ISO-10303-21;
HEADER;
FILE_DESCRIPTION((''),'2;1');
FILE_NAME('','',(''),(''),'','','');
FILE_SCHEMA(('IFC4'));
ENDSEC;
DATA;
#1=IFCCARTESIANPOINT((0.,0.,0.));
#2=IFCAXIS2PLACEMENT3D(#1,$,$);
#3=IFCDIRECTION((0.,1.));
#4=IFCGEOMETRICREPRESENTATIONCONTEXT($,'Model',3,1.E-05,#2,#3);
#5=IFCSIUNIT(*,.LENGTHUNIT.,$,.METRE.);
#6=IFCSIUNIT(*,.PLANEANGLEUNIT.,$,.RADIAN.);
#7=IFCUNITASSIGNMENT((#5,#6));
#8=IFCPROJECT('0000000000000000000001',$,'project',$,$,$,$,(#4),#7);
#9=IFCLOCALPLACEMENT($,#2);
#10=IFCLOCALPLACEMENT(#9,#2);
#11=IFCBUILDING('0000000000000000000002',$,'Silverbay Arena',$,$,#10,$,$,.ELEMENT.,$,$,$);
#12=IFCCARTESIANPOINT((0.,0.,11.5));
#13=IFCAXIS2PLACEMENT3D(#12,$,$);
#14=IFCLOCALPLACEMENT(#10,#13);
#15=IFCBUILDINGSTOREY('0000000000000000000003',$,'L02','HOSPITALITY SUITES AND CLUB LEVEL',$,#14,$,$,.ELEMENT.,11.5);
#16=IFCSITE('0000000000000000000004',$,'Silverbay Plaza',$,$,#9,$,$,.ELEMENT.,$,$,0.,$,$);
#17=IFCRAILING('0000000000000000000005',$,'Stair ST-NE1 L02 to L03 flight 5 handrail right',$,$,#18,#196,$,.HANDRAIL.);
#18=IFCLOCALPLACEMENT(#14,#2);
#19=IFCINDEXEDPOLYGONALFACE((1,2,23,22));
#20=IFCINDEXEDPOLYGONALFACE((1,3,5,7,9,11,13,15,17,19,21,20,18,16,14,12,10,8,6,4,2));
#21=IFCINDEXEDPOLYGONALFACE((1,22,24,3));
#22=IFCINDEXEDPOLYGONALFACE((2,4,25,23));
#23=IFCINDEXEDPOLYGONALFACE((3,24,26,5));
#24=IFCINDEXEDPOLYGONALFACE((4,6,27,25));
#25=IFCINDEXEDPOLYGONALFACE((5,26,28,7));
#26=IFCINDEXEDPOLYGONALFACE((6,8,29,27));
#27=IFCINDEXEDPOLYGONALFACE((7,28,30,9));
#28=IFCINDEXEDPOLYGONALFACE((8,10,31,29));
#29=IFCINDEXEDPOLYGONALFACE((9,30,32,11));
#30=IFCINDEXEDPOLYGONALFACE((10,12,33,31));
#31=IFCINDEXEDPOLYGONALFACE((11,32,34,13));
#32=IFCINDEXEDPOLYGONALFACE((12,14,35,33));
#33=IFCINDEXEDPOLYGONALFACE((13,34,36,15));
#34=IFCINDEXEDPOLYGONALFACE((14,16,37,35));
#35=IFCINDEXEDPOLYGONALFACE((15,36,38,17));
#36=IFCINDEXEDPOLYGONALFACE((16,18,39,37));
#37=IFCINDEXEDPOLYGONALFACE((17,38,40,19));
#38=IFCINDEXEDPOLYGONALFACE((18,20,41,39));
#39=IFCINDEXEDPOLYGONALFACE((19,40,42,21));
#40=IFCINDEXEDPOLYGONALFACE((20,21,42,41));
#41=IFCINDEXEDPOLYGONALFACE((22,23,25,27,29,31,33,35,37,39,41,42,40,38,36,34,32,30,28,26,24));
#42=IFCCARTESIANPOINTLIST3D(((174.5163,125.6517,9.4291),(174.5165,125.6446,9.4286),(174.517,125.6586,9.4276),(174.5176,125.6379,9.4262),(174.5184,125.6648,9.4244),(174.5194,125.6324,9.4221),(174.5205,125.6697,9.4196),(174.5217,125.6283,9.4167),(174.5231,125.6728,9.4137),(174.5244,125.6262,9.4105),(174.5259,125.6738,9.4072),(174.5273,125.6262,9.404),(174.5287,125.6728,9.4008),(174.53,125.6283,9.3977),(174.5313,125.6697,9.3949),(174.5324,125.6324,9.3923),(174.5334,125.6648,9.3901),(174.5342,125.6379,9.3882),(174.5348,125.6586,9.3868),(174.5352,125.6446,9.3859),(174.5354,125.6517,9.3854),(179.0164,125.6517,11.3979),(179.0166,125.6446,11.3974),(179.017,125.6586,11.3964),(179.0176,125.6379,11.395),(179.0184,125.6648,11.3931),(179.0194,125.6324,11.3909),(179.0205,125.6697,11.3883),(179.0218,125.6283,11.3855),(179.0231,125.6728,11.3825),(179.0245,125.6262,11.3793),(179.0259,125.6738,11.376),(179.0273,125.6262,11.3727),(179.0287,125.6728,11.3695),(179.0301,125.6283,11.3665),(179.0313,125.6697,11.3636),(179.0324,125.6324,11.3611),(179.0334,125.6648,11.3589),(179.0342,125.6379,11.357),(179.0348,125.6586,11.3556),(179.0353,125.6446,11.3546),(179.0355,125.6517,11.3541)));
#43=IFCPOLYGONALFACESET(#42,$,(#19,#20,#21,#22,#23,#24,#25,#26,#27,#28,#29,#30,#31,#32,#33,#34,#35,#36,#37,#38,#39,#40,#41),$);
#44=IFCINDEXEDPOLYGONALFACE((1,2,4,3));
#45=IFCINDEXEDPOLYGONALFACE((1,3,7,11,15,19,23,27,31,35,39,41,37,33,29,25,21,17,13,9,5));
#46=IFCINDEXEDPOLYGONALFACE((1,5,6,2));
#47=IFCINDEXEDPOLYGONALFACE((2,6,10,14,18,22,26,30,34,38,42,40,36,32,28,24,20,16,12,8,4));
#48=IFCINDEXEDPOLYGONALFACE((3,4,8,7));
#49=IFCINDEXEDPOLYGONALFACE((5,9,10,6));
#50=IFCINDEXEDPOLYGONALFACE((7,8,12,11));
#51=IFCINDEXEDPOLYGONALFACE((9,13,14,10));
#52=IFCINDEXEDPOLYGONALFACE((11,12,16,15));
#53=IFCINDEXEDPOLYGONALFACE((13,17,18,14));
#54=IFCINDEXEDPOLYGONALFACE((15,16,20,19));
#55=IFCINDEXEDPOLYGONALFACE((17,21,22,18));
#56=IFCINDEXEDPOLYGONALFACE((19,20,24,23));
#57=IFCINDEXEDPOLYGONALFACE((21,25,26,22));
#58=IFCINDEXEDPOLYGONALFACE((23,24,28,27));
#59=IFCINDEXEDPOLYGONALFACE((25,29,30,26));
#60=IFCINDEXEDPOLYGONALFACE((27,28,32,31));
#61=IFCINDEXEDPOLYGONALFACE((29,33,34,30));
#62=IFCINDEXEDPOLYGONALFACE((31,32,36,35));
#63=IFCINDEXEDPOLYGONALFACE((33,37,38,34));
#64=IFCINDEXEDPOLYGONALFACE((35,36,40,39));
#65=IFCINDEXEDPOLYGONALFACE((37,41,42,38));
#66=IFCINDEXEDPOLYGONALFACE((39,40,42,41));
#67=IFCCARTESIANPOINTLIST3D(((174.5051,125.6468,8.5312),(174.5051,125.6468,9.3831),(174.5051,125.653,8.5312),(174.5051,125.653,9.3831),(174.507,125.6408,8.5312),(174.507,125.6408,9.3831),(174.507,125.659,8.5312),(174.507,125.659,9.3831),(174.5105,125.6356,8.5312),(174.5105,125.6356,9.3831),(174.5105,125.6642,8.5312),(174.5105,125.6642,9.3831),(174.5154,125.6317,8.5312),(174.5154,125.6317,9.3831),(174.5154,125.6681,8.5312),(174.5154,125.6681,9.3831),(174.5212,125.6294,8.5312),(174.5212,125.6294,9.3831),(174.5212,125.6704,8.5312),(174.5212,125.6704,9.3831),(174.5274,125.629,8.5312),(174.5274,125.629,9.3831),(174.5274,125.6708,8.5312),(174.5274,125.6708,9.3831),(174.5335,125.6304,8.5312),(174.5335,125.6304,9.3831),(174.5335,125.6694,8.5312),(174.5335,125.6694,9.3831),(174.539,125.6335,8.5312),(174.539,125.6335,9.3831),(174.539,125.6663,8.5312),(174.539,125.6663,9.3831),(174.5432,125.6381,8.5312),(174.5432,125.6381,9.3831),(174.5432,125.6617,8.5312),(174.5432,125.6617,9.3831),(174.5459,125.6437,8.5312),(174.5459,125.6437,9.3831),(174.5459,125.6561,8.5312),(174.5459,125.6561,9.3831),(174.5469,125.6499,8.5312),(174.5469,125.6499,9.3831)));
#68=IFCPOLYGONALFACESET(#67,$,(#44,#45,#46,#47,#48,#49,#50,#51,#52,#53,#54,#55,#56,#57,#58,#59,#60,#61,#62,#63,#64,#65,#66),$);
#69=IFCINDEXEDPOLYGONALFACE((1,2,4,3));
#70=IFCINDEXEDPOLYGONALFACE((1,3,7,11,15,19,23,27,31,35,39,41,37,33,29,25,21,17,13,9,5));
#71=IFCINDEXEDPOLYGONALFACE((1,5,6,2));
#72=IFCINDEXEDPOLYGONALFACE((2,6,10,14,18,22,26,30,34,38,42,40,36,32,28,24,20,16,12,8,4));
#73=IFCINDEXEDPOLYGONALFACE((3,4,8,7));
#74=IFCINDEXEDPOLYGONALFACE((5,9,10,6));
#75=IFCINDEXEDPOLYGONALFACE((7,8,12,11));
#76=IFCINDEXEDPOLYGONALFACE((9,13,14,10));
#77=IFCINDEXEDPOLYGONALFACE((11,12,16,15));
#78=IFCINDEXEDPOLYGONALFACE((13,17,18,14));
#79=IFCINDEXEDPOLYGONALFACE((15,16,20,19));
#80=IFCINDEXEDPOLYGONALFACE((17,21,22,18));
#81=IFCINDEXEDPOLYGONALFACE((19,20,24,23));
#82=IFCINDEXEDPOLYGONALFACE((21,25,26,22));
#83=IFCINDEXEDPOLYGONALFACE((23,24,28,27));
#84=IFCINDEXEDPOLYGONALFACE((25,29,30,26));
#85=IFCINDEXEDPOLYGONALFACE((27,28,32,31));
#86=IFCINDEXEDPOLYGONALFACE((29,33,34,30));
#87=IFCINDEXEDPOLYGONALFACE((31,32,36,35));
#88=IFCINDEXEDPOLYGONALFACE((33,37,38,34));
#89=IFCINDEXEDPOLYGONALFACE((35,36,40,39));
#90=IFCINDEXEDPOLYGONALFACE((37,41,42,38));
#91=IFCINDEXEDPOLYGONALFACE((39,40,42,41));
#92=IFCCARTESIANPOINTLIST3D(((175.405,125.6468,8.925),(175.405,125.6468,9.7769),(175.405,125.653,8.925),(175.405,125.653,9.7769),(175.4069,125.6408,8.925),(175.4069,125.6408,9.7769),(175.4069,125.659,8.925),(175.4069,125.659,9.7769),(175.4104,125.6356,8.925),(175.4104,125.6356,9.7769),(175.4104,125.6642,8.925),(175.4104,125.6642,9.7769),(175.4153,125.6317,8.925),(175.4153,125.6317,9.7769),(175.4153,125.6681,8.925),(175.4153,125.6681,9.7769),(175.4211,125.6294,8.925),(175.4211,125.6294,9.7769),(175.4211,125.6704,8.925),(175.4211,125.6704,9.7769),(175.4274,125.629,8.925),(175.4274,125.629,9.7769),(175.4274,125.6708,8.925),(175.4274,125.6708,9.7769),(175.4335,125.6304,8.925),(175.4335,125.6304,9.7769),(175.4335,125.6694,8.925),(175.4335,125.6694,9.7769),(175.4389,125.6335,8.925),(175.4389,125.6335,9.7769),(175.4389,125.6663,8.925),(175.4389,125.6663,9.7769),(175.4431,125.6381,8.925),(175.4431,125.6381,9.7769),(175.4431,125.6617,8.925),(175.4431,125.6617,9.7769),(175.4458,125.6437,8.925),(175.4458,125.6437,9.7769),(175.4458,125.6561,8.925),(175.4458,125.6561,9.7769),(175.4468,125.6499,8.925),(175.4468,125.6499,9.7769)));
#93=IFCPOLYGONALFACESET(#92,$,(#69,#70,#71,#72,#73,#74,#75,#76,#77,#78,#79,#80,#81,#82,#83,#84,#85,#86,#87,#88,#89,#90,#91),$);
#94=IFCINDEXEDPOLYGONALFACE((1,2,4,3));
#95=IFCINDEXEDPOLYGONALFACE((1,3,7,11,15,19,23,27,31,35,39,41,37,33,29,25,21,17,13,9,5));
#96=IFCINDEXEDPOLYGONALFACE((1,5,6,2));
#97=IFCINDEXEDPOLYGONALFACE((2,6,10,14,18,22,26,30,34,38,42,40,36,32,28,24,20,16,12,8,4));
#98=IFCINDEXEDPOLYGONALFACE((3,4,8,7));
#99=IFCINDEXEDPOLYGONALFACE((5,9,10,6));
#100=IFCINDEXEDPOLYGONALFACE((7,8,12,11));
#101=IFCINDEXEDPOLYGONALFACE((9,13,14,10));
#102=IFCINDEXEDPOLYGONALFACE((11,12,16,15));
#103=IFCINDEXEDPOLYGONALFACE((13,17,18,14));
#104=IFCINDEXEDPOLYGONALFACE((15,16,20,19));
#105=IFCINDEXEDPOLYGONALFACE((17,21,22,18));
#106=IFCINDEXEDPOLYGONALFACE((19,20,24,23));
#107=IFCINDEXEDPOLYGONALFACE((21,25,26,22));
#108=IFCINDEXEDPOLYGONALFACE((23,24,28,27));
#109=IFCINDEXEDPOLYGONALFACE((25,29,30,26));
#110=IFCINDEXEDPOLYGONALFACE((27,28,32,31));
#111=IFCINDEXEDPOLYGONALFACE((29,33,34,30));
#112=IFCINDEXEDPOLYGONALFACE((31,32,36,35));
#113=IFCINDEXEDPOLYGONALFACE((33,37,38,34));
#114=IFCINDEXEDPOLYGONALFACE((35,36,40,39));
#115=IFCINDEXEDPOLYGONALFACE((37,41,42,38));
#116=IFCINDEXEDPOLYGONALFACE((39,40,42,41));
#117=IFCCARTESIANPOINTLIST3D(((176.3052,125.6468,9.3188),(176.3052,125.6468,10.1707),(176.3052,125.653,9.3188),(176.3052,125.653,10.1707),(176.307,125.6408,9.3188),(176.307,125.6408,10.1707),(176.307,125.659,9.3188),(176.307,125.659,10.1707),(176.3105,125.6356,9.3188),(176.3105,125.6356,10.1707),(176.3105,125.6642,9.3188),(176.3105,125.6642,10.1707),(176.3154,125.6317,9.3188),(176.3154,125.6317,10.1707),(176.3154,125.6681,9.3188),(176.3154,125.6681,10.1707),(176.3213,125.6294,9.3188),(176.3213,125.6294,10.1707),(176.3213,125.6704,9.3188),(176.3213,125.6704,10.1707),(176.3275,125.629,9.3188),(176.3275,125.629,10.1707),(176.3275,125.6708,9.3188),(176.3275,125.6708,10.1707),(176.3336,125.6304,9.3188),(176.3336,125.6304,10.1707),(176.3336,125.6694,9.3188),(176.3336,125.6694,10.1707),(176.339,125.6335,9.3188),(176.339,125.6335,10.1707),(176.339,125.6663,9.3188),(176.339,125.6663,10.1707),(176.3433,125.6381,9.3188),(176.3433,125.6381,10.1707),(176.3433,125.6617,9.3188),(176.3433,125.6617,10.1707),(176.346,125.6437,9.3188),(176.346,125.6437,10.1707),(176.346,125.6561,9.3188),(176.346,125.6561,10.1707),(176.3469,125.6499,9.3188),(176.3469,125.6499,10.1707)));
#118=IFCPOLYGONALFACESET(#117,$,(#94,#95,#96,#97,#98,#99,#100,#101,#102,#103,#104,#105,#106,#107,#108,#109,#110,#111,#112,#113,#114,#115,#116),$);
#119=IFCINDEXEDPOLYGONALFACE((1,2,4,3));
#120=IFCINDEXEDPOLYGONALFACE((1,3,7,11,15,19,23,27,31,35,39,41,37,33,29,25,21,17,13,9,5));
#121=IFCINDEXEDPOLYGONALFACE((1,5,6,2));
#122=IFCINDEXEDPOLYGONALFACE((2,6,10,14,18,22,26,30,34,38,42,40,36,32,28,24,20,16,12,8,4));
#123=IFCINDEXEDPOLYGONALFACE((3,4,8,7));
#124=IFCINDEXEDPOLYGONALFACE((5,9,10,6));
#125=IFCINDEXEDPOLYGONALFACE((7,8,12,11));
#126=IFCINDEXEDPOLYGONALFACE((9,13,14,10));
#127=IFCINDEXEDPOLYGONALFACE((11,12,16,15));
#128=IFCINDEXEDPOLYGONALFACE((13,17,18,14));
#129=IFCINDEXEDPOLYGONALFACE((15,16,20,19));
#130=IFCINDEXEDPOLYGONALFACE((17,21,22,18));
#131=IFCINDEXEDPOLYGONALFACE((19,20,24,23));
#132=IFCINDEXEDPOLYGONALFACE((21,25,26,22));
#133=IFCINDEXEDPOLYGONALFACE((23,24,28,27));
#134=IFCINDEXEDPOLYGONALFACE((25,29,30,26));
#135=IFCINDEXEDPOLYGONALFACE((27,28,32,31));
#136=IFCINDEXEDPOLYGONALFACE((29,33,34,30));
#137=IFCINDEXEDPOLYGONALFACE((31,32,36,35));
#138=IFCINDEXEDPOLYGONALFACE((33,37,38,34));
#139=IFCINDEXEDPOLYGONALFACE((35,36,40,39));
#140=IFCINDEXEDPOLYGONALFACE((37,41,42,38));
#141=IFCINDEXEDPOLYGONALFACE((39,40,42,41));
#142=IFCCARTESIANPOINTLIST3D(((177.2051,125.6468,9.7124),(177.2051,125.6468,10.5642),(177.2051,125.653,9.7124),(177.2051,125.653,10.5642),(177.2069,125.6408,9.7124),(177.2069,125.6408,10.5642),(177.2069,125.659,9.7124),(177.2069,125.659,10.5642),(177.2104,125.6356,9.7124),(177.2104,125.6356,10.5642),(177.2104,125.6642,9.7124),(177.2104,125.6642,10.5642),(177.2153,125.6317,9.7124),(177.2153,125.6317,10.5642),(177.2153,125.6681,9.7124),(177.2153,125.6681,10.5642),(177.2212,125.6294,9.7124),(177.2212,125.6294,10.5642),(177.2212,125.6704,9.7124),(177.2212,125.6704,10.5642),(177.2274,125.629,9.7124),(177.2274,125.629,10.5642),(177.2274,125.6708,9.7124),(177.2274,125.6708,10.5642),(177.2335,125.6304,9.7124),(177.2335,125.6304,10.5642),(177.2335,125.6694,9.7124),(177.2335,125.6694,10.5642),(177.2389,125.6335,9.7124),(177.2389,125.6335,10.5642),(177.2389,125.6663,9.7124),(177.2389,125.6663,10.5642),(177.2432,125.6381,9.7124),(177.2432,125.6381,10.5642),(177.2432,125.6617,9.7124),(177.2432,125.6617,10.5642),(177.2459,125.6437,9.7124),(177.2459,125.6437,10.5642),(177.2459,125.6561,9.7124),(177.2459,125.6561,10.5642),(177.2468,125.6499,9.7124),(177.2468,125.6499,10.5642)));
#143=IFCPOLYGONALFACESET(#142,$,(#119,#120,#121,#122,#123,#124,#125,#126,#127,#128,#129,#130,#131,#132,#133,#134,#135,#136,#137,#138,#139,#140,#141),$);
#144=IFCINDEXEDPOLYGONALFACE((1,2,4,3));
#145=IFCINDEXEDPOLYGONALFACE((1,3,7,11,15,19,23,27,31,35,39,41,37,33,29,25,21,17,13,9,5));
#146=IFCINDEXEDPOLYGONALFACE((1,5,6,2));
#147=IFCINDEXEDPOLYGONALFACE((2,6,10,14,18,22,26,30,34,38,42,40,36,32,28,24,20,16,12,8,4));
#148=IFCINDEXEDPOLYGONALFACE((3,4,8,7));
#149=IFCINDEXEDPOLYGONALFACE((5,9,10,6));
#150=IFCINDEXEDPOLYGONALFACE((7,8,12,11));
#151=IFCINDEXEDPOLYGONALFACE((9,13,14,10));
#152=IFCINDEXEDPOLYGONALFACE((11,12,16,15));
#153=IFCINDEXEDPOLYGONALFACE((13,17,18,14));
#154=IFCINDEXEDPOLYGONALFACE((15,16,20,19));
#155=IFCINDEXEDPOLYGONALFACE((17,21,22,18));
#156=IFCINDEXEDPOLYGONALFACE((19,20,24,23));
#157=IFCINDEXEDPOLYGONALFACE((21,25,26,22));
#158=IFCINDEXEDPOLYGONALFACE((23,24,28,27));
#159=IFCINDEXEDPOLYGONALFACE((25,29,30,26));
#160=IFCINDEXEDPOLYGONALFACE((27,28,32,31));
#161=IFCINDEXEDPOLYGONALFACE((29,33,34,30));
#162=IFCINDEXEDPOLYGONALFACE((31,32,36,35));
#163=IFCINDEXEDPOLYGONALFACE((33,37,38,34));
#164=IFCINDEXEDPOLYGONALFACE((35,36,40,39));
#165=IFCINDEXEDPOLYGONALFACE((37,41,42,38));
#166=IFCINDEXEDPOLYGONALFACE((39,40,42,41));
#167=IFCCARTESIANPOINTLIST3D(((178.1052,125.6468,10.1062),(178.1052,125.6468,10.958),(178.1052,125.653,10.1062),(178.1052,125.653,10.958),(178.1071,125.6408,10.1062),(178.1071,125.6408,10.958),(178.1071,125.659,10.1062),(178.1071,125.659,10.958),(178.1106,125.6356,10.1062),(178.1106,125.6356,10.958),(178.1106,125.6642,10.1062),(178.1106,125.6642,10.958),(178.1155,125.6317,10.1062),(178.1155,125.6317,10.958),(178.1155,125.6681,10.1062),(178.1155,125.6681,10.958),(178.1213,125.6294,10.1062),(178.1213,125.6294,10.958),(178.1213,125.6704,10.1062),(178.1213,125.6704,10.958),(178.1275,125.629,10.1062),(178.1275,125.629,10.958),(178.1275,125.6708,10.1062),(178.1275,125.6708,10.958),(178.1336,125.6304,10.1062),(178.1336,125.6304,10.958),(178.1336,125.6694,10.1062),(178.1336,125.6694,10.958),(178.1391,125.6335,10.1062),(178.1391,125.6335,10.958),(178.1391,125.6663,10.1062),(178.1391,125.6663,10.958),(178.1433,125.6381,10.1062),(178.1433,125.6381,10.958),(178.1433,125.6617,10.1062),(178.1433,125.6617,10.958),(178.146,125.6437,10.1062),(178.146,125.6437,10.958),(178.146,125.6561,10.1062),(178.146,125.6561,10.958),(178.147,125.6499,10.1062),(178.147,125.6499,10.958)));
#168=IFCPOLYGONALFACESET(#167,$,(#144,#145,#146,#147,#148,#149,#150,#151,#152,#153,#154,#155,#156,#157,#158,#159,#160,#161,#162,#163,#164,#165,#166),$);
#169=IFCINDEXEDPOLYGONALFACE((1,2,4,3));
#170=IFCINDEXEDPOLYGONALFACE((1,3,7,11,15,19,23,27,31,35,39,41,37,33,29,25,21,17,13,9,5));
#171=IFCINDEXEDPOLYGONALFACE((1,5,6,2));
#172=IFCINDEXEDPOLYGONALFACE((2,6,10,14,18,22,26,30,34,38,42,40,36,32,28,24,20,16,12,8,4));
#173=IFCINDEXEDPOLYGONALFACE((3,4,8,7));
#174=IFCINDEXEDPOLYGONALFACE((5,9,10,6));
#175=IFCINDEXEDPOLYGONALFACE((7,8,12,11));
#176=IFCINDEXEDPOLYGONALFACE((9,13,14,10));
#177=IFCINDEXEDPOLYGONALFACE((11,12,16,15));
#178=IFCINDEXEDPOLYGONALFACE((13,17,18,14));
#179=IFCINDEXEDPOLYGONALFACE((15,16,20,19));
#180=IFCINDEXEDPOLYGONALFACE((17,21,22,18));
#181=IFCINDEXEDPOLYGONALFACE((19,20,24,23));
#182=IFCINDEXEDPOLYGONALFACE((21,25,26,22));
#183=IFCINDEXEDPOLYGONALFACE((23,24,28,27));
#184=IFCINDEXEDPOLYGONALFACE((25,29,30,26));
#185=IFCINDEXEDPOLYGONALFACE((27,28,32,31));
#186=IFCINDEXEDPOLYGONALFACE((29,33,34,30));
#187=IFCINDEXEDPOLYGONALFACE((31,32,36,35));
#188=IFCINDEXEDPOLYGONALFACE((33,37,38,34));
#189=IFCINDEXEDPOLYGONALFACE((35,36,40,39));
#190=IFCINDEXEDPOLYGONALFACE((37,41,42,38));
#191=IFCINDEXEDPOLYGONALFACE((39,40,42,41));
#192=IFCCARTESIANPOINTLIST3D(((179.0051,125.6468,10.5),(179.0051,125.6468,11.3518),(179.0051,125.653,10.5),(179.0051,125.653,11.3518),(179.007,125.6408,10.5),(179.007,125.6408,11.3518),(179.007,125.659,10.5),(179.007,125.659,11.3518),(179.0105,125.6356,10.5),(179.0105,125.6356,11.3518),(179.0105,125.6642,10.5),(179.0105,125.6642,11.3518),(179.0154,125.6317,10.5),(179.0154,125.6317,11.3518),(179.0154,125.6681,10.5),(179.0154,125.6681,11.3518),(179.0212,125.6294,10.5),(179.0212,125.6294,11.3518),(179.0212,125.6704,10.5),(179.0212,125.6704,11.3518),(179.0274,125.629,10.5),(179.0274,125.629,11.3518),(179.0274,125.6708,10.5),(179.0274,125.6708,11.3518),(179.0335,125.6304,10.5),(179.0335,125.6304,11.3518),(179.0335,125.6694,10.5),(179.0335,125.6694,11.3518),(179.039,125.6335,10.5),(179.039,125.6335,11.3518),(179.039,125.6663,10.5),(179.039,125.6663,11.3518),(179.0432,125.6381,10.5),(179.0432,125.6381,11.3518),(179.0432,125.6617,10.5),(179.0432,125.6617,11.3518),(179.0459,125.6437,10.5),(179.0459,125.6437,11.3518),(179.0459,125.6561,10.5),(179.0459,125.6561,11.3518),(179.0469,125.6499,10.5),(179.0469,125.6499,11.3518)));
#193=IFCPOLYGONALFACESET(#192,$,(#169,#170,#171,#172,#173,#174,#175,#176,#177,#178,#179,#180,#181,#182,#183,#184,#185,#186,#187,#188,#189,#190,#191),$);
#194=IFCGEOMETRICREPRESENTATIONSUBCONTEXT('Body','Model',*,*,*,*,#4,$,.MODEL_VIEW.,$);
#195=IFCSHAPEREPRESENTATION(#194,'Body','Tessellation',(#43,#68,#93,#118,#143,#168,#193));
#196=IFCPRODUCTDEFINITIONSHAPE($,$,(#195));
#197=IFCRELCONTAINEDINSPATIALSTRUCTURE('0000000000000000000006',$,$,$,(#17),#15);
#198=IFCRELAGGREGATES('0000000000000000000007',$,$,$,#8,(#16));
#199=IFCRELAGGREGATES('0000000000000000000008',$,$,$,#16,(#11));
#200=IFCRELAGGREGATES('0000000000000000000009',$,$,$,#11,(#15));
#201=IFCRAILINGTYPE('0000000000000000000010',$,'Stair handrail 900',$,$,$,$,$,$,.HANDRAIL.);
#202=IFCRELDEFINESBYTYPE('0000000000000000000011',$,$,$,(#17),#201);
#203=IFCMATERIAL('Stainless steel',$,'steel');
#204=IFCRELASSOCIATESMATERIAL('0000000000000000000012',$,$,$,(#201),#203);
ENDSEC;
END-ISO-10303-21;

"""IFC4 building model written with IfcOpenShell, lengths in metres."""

from ifc_helpers import new_model, si_unit, direction, frame, origin, origin_2d, place, context, subcontext, project, spatial, circle, extrude, material, type_object, element, save


model = new_model("IFC4")

# Units and contexts
model_context = context("Model", 3, precision=1e-05, world=origin(), true_north=direction((0.0, 1.0)))
body_context = subcontext(model_context, "Body", "Model", "MODEL_VIEW")
ifc_project = project(units=[si_unit("LENGTHUNIT", "METRE"), si_unit("PLANEANGLEUNIT", "RADIAN")], contexts=[model_context])

# Site, building, storey
site_placement = place(None, origin())
site = spatial("IfcSite", under=ifc_project, at=site_placement, Name="Silverbay Plaza", CompositionType="ELEMENT", RefElevation=0.0)
building_placement = place(site_placement, origin())
building = spatial("IfcBuilding", under=site, at=building_placement, Name="Silverbay Arena", CompositionType="ELEMENT")
storey_placement = place(building_placement, frame((0.0, 0.0, 11.5)))
storey = spatial("IfcBuildingStorey", under=building, at=storey_placement, Name="L02", Description="HOSPITALITY SUITES AND CLUB LEVEL", CompositionType="ELEMENT", Elevation=11.5)

# Railing
ifc_material_1 = material(Name="Stainless steel", Category="steel")
railing_type_1 = type_object("IfcRailingType", Name="Stair handrail 900", PredefinedType="HANDRAIL", material=ifc_material_1)
for number, where, name in (
    (1, (174.5259, 125.6499, 8.5312), "Stair ST-NE1 L02 to L03 flight 5 handrail right"),
):
    element("IfcRailing", number, at=place(storey_placement, frame(where)), inside=storey, type_object=railing_type_1, Name=name, PredefinedType="HANDRAIL", context=body_context, shape_type="SweptSolid", body=[
        extrude(circle(Radius=0.0239, at=origin_2d()), frame((0.0, 0.0, 0.876), z_axis=(0.916157, 0.0, 0.400819), x_axis=(0.0, 1.0, 0.0)), (0.0, 0.0, 1.0), 4.9119),
        extrude(circle(Radius=0.021, at=origin_2d()), origin(), (0.0, 0.0, 1.0), 0.8518),
        extrude(circle(Radius=0.021, at=origin_2d()), frame((0.8999, 0.0, 0.3938)), (0.0, 0.0, 1.0), 0.8518),
        extrude(circle(Radius=0.021, at=origin_2d()), frame((1.8, 0.0, 0.7876)), (0.0, 0.0, 1.0), 0.8518),
        extrude(circle(Radius=0.021, at=origin_2d()), frame((2.7, 0.0, 1.1812)), (0.0, 0.0, 1.0), 0.8518),
        extrude(circle(Radius=0.021, at=origin_2d()), frame((3.6001, 0.0, 1.575)), (0.0, 0.0, 1.0), 0.8518),
        extrude(circle(Radius=0.021, at=origin_2d()), frame((4.5, 0.0, 1.9688)), (0.0, 0.0, 1.0), 0.8518),
    ])

save(model, "model.ifc")
